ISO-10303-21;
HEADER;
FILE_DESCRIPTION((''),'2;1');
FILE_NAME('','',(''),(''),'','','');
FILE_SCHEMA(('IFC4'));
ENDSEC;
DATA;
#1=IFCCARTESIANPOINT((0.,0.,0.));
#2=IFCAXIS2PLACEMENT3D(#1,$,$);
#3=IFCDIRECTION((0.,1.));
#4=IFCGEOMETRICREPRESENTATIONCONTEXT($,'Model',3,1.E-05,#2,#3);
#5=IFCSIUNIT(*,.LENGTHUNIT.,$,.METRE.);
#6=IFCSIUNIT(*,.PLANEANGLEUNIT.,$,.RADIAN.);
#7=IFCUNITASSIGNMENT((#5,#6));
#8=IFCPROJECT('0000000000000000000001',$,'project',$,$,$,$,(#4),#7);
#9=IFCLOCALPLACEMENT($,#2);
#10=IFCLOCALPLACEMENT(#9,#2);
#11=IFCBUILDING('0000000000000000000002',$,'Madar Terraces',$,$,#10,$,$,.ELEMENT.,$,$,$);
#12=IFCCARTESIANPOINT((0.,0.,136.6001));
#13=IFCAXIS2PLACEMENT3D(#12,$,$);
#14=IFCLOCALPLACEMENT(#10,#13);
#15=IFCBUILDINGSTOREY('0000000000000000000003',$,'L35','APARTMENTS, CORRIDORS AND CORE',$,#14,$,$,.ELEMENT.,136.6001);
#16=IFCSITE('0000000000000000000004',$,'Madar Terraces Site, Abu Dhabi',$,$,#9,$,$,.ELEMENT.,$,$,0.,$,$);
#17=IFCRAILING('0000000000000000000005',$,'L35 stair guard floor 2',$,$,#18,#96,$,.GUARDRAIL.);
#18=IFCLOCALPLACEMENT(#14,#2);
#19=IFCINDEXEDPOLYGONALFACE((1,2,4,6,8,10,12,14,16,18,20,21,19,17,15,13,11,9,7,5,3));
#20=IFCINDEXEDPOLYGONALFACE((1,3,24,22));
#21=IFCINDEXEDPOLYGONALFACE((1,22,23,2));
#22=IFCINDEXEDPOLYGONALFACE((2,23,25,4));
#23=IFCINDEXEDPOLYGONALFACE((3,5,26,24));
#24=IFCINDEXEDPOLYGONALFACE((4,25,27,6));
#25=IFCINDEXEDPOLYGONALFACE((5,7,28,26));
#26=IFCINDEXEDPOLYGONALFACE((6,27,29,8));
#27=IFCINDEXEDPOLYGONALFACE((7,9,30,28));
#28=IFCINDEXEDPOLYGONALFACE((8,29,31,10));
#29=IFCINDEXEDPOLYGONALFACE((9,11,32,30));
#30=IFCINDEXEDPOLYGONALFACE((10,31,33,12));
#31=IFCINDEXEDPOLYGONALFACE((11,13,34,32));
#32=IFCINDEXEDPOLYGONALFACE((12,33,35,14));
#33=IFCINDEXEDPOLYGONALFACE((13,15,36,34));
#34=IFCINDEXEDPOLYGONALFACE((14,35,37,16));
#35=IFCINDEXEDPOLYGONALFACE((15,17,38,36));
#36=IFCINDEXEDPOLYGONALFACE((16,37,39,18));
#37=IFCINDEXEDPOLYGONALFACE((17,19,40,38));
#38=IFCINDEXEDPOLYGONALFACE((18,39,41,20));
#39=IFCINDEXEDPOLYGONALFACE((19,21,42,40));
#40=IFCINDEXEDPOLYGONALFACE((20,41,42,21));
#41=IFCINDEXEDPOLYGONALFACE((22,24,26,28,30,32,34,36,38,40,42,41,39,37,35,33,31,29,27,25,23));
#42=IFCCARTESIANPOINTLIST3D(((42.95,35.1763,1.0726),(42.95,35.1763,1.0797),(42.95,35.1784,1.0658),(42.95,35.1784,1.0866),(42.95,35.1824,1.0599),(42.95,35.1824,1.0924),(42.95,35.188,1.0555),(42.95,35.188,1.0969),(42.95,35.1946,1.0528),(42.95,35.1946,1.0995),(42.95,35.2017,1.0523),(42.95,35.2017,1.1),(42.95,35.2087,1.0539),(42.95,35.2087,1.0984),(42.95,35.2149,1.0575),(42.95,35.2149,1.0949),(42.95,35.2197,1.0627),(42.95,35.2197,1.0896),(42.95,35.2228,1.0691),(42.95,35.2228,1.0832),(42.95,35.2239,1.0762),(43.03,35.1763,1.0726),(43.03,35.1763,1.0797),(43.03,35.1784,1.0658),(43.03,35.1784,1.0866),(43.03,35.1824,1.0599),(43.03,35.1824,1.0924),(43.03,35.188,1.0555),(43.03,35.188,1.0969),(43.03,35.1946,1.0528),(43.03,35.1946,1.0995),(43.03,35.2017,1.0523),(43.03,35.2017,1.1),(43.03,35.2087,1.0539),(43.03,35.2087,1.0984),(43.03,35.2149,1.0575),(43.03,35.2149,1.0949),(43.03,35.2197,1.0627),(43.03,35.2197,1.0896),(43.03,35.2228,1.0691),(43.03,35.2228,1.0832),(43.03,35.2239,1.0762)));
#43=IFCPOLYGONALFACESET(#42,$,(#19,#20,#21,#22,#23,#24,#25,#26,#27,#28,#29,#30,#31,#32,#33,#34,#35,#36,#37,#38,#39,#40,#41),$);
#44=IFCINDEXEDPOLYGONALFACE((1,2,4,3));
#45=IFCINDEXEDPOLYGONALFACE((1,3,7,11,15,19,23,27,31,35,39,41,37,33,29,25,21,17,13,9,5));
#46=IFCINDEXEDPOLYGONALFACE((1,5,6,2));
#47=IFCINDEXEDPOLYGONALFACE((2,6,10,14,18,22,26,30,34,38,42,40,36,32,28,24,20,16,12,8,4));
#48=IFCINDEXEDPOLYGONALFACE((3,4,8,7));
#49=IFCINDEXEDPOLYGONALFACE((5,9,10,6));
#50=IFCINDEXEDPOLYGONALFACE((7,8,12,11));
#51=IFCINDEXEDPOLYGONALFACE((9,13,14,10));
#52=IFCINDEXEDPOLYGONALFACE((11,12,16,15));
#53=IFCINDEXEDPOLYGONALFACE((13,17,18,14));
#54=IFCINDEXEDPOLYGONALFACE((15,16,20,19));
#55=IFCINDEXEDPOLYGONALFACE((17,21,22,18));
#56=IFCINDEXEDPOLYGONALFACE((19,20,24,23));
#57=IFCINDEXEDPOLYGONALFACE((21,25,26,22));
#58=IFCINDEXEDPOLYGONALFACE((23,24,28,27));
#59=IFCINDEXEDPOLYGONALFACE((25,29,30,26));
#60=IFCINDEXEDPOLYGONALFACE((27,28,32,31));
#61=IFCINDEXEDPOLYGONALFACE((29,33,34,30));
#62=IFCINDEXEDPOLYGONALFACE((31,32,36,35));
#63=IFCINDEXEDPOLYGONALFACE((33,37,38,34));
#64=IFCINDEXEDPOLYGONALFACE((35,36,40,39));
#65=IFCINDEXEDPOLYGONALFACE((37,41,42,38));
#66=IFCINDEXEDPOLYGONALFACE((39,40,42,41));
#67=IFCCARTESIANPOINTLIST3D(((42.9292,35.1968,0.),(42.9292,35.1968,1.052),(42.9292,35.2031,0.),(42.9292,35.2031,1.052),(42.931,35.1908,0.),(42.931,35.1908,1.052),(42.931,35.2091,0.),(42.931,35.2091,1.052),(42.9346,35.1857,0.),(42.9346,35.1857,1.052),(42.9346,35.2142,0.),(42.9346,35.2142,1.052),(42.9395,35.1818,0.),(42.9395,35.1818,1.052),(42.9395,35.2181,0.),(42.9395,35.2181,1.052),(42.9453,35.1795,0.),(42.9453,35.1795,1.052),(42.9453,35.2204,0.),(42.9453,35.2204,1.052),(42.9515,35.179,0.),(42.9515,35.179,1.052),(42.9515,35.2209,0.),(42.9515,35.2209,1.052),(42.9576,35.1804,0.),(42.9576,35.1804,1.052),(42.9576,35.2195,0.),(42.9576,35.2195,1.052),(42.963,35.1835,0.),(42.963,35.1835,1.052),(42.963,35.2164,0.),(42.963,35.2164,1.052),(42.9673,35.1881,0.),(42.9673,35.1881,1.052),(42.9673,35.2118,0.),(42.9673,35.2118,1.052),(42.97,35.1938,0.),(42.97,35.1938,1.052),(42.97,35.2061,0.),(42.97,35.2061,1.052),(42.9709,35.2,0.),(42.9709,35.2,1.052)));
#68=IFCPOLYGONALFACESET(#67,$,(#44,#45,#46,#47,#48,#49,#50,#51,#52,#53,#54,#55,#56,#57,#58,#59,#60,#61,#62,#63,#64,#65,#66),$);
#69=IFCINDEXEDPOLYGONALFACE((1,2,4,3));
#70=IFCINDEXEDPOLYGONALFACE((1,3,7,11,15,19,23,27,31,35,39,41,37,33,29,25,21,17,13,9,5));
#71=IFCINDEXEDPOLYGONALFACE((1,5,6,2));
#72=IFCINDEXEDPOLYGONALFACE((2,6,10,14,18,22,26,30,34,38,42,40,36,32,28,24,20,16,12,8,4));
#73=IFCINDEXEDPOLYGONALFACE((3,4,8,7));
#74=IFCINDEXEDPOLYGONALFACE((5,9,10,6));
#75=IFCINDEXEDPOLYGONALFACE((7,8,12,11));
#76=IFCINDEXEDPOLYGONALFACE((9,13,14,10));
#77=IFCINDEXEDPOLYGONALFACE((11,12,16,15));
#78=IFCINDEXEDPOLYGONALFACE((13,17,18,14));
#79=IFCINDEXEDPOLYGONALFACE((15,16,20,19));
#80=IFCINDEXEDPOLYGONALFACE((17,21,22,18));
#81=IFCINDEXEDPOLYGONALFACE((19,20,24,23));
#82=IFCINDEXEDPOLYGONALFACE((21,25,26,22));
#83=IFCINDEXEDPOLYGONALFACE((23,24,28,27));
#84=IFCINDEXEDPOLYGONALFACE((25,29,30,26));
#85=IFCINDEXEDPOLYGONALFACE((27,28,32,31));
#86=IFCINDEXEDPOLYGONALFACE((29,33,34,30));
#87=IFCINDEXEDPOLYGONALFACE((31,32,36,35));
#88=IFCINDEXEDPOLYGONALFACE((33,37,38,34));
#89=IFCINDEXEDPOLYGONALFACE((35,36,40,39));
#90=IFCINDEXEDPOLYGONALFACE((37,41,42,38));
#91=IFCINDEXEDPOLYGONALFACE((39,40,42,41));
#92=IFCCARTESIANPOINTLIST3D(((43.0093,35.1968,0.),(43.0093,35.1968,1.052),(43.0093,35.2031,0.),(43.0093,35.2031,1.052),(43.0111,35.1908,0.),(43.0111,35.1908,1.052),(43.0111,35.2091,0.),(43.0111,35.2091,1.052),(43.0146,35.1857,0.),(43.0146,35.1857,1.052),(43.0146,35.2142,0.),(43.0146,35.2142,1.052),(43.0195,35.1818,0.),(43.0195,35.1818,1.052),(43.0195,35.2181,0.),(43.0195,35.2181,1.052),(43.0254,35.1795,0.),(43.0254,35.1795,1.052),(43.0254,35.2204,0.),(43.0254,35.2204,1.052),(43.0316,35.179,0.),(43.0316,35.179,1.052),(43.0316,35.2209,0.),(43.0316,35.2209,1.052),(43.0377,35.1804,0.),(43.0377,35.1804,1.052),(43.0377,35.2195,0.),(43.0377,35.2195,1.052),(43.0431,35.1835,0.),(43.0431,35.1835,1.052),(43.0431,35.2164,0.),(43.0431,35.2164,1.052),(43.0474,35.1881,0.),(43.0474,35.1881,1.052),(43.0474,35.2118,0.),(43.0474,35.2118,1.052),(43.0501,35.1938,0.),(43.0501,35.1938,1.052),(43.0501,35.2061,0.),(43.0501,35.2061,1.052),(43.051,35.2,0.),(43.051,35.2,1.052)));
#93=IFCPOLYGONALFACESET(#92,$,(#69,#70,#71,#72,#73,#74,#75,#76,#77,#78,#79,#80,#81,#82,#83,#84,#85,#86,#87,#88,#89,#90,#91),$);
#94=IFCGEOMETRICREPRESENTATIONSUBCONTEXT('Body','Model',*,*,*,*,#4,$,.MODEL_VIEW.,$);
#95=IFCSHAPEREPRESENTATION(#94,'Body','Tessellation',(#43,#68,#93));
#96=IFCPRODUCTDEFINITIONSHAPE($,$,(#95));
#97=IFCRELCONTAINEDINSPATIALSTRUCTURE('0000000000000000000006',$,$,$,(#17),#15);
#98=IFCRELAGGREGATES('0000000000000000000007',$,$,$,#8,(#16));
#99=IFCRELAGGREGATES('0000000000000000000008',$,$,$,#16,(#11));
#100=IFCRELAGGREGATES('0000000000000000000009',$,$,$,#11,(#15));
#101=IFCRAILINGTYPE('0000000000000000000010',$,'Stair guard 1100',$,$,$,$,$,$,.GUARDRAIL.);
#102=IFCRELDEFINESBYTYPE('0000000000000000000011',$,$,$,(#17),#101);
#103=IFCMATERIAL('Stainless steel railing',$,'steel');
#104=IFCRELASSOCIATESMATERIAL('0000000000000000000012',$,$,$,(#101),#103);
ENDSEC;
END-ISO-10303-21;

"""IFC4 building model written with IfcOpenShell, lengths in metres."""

from ifc_helpers import new_model, si_unit, direction, frame, origin, origin_2d, place, context, subcontext, project, spatial, circle, extrude, material, type_object, element, save


model = new_model("IFC4")

# Units and contexts
model_context = context("Model", 3, precision=1e-05, world=origin(), true_north=direction((0.0, 1.0)))
body_context = subcontext(model_context, "Body", "Model", "MODEL_VIEW")
ifc_project = project(units=[si_unit("LENGTHUNIT", "METRE"), si_unit("PLANEANGLEUNIT", "RADIAN")], contexts=[model_context])

# Site, building, storey
site_placement = place(None, origin())
site = spatial("IfcSite", under=ifc_project, at=site_placement, Name="Madar Terraces Site, Abu Dhabi", CompositionType="ELEMENT", RefElevation=0.0)
building_placement = place(site_placement, origin())
building = spatial("IfcBuilding", under=site, at=building_placement, Name="Madar Terraces", CompositionType="ELEMENT")
storey_placement = place(building_placement, frame((0.0, 0.0, 136.6001)))
storey = spatial("IfcBuildingStorey", under=building, at=storey_placement, Name="L35", Description="APARTMENTS, CORRIDORS AND CORE", CompositionType="ELEMENT", Elevation=136.6001)

# Railing
ifc_material_1 = material(Name="Stainless steel railing", Category="steel")
railing_type_1 = type_object("IfcRailingType", Name="Stair guard 1100", PredefinedType="GUARDRAIL", material=ifc_material_1)
railing_1_placement = place(storey_placement, frame((42.95, 35.2, 0.0)))
element("IfcRailing", 1, at=railing_1_placement, inside=storey, type_object=railing_type_1, Name="L35 stair guard floor 2", PredefinedType="GUARDRAIL", context=body_context, shape_type="SweptSolid", body=[
    extrude(circle(Radius=0.0239, at=origin_2d()), frame((0.0, 0.0, 1.0762), z_axis=(1.0, 0.0, 0.0), x_axis=(0.0, 1.0, 0.0)), (0.0, 0.0, 1.0), 0.0801),
    extrude(circle(Radius=0.021, at=origin_2d()), origin(), (0.0, 0.0, 1.0), 1.052),
    extrude(circle(Radius=0.021, at=origin_2d()), frame((0.0801, 0.0, 0.0)), (0.0, 0.0, 1.0), 1.052),
])

save(model, "model.ifc")
